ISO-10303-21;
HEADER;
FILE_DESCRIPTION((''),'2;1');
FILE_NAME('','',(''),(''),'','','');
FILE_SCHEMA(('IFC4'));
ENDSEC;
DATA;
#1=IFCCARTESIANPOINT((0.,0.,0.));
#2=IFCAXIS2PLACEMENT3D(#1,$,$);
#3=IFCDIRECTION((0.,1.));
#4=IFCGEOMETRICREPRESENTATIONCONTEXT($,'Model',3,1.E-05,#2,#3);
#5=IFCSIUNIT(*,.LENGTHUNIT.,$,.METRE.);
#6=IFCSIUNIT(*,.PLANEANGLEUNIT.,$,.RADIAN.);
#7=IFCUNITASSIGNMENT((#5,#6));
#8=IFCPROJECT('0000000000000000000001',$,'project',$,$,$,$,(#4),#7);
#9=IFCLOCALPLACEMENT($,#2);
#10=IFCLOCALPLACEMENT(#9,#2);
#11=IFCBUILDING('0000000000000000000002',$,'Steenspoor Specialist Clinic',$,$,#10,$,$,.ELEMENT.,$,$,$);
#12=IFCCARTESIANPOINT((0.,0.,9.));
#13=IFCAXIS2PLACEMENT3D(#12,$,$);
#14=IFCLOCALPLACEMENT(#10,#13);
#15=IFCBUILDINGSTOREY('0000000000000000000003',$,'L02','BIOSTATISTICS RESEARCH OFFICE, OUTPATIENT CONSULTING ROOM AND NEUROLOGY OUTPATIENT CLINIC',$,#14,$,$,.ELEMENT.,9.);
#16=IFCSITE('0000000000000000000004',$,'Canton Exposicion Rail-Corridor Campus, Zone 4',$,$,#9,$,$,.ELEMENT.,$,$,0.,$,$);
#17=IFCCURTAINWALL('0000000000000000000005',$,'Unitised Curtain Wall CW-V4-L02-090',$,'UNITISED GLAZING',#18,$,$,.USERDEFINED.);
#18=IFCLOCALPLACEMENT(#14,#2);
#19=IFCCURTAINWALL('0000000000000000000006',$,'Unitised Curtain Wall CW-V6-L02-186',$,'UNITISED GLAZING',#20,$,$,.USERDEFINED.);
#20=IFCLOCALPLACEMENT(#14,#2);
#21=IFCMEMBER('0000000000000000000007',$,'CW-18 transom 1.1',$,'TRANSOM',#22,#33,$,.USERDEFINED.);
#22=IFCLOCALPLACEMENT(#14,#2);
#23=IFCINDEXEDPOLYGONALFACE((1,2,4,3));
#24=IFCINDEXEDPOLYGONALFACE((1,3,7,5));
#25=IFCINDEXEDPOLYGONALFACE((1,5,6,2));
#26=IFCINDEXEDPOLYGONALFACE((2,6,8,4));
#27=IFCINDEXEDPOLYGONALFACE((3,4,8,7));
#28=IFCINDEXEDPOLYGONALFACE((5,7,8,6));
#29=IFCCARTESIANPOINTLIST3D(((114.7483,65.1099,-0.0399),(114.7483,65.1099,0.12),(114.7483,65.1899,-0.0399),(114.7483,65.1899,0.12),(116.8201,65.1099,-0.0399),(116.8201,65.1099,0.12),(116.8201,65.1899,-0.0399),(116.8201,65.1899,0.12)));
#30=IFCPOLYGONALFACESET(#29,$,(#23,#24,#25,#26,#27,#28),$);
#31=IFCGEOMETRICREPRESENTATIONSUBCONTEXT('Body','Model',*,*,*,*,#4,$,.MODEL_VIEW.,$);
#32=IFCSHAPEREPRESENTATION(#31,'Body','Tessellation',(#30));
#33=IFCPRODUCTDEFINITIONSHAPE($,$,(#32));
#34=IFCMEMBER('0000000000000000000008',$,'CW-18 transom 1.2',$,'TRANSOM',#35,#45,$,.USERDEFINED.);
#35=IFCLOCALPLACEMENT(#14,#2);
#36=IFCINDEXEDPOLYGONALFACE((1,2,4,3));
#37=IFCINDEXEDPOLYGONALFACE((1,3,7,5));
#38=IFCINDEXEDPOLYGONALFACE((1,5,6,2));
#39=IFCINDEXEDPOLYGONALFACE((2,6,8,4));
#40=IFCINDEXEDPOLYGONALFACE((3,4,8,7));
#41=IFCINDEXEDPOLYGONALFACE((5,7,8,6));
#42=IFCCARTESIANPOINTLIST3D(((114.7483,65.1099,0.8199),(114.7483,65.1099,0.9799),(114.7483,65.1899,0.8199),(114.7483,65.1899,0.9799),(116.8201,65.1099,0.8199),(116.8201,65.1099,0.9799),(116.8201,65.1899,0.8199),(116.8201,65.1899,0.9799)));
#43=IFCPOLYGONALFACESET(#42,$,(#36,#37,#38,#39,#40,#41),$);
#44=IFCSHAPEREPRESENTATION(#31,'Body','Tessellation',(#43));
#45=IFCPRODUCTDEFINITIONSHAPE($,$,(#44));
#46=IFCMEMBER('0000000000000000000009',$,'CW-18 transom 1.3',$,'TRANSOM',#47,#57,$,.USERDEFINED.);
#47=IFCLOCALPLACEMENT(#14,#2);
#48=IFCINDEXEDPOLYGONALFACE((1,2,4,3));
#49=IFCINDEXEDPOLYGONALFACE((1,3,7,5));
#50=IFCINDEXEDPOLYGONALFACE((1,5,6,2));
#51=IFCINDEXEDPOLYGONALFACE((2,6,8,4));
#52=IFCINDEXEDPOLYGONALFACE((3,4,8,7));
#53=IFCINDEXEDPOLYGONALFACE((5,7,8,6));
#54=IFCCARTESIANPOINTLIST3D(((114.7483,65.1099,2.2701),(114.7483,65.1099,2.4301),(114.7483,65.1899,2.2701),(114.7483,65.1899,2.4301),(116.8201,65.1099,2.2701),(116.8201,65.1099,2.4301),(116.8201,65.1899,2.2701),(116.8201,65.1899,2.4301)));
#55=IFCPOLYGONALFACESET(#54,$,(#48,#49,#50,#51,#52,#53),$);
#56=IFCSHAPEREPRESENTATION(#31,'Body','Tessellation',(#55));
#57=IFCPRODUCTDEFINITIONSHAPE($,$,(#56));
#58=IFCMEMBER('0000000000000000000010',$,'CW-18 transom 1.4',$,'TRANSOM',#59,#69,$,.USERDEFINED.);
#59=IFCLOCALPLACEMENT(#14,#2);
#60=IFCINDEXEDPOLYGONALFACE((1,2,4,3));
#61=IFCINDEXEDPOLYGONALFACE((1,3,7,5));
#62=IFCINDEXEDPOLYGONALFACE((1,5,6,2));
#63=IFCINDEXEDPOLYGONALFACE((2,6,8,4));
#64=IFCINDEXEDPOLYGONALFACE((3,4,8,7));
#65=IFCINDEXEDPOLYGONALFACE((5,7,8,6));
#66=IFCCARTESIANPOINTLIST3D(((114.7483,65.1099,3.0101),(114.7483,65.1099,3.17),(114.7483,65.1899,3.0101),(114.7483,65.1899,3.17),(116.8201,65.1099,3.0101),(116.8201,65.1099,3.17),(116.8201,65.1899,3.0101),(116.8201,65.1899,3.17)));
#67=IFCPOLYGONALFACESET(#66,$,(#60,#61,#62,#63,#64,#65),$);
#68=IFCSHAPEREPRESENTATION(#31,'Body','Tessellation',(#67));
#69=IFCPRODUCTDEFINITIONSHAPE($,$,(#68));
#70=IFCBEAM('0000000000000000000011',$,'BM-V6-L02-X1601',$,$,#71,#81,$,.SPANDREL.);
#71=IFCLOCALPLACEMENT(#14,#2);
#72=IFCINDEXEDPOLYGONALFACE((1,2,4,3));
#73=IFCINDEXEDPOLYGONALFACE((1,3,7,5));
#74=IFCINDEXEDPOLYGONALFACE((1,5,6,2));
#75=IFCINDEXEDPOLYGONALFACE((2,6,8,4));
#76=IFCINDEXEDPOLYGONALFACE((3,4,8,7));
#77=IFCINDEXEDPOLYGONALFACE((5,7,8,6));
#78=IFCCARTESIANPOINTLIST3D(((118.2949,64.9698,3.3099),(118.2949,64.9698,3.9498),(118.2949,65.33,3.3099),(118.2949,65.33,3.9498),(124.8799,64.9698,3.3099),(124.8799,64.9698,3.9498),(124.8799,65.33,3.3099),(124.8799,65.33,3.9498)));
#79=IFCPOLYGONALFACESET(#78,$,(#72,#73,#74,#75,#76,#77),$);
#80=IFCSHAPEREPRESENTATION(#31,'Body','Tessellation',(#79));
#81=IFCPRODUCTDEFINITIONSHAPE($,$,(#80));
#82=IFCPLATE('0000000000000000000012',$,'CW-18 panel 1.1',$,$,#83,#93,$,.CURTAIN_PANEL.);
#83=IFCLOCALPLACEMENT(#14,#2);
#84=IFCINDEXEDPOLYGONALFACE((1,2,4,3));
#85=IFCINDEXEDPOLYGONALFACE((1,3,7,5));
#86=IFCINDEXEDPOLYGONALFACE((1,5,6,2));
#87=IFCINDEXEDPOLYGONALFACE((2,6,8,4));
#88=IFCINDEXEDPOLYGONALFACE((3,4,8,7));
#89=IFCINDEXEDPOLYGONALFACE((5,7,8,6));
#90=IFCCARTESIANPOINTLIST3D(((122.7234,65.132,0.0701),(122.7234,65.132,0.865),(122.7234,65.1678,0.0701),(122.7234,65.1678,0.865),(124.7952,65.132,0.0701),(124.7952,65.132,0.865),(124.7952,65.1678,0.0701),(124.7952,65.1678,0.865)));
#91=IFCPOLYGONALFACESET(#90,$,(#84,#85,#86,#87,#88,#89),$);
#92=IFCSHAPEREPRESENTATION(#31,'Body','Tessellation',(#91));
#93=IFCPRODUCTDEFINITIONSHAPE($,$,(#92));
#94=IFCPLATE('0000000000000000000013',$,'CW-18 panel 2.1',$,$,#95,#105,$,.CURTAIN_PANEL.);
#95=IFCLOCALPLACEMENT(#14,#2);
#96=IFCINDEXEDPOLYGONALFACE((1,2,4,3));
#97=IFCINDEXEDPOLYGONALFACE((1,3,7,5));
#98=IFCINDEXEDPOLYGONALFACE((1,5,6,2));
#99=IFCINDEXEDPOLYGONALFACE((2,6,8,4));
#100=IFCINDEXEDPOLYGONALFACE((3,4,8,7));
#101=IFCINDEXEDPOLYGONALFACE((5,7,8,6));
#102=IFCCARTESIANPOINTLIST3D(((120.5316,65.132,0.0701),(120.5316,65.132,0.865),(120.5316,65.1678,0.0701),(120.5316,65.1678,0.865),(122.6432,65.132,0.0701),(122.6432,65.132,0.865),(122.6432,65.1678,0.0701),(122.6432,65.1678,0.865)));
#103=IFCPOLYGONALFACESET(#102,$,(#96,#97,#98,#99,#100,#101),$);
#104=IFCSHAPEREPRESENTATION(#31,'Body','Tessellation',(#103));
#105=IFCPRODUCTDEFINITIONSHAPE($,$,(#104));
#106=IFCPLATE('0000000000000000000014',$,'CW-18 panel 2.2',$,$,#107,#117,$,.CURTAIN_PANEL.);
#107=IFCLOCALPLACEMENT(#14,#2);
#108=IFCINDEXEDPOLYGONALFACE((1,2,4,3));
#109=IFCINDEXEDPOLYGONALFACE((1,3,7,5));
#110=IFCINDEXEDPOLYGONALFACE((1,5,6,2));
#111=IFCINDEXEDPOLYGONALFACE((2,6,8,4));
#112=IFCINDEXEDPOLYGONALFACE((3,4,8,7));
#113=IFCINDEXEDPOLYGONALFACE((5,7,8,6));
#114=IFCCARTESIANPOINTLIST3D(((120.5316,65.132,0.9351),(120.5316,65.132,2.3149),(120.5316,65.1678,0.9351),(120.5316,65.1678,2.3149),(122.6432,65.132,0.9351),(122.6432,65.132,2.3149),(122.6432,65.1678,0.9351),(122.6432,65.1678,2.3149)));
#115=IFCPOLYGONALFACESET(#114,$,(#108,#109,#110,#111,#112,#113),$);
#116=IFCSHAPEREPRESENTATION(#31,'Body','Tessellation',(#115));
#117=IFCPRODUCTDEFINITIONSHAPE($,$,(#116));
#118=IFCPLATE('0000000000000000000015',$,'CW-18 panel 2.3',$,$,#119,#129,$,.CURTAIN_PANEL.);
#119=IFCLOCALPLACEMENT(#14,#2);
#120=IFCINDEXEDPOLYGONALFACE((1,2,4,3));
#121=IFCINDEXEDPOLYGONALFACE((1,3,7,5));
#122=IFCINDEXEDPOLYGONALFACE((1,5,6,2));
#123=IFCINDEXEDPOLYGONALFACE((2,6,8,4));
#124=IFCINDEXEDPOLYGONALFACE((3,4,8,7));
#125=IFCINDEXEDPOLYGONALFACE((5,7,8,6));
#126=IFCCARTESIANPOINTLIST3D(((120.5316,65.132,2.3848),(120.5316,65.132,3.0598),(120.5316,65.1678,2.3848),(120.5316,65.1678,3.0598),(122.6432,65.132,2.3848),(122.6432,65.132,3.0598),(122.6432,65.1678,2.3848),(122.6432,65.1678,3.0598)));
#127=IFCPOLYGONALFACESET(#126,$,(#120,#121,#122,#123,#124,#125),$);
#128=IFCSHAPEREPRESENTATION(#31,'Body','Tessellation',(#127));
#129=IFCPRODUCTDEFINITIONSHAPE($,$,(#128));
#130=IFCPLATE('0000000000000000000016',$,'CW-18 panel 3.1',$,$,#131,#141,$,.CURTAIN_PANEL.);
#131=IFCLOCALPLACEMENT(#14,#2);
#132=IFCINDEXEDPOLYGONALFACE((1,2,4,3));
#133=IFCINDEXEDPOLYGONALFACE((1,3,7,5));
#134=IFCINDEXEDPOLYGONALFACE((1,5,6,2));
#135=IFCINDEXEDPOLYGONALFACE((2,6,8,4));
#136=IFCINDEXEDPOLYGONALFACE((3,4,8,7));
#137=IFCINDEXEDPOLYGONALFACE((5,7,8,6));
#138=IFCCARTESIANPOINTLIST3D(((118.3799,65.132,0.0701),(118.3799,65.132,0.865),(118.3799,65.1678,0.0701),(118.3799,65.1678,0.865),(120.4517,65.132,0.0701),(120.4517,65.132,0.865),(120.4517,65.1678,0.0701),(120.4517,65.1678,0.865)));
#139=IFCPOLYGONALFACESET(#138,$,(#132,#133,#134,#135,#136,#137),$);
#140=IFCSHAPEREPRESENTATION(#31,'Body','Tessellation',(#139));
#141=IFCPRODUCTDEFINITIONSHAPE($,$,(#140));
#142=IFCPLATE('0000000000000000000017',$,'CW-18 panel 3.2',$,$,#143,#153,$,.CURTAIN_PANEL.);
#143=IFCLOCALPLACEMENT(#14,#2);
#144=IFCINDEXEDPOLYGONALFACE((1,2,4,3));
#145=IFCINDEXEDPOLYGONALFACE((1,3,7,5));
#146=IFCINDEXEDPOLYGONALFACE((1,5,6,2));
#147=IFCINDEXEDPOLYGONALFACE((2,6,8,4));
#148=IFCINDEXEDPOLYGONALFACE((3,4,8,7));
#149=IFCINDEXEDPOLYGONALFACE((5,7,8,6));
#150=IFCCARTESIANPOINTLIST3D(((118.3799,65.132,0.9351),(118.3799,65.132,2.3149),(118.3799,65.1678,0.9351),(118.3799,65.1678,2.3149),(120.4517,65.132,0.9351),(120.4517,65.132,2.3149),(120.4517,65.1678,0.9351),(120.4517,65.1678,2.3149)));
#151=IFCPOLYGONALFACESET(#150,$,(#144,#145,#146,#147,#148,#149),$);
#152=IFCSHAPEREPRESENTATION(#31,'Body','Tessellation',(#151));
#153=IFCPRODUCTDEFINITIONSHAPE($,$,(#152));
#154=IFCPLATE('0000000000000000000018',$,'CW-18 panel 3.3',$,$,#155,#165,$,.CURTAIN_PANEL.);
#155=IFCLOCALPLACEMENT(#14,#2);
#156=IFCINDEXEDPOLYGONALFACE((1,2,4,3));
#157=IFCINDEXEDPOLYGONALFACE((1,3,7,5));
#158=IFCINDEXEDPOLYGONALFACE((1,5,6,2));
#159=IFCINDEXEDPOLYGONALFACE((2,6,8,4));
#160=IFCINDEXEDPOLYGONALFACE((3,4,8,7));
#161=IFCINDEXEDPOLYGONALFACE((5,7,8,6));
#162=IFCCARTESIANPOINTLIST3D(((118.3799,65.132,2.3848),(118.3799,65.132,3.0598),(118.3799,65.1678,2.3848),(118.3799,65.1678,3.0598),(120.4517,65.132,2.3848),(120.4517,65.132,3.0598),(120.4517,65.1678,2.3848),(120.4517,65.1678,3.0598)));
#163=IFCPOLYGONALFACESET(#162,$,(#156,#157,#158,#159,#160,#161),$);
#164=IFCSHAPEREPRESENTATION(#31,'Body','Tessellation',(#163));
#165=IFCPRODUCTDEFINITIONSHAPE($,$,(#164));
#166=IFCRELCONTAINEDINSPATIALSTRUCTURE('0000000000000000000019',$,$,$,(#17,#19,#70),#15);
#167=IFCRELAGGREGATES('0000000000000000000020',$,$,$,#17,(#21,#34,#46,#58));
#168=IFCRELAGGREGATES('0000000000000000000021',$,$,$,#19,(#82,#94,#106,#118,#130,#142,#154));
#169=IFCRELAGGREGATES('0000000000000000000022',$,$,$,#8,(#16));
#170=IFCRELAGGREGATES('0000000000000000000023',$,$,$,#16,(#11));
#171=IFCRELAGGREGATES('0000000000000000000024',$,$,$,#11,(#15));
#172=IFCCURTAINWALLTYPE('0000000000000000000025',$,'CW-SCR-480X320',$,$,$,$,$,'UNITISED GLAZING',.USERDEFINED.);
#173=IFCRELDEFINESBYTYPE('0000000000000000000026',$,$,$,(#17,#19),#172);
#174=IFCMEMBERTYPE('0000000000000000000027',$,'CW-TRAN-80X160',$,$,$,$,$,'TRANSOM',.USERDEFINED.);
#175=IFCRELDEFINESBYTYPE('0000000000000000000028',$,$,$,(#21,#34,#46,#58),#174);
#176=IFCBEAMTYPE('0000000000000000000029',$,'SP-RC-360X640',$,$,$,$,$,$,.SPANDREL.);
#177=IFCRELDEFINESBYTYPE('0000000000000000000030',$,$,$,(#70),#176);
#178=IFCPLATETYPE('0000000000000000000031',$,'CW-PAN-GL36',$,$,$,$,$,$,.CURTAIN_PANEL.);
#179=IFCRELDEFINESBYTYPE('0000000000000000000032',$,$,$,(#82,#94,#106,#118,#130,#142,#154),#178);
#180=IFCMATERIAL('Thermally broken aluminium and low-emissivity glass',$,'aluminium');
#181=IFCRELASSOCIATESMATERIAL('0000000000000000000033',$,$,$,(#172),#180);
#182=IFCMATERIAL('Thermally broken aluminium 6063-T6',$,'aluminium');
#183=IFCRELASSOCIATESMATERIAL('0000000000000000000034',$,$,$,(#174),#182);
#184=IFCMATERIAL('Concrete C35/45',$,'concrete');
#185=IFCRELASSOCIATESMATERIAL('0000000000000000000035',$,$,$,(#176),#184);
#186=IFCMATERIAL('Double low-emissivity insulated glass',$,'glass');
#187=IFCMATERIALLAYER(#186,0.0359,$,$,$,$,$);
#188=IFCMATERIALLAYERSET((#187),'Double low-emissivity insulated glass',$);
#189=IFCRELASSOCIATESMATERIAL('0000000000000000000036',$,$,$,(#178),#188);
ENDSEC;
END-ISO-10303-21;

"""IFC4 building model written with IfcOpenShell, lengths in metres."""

from ifc_helpers import new_model, si_unit, direction, frame, origin, origin_2d, place, context, subcontext, project, spatial, rectangle, extrude, material, layer, layer_set, material_profile, profile_set, type_object, element, aggregate, save


model = new_model("IFC4")

# Units and contexts
model_context = context("Model", 3, precision=1e-05, world=origin(), true_north=direction((0.0, 1.0)))
body_context = subcontext(model_context, "Body", "Model", "MODEL_VIEW")
ifc_project = project(units=[si_unit("LENGTHUNIT", "METRE"), si_unit("PLANEANGLEUNIT", "RADIAN")], contexts=[model_context])

# Site, building, storey
site_placement = place(None, origin())
site = spatial("IfcSite", under=ifc_project, at=site_placement, Name="Canton Exposicion Rail-Corridor Campus, Zone 4", CompositionType="ELEMENT", RefElevation=0.0)
building_placement = place(site_placement, origin())
building = spatial("IfcBuilding", under=site, at=building_placement, Name="Steenspoor Specialist Clinic", CompositionType="ELEMENT")
storey_placement = place(building_placement, frame((0.0, 0.0, 9.0)))
storey = spatial("IfcBuildingStorey", under=building, at=storey_placement, Name="L02", Description="BIOSTATISTICS RESEARCH OFFICE, OUTPATIENT CONSULTING ROOM AND NEUROLOGY OUTPATIENT CLINIC", CompositionType="ELEMENT", Elevation=9.0)

# Curtain wall
ifc_material_1 = material(Name="Thermally broken aluminium and low-emissivity glass", Category="aluminium")
curtain_wall_type = type_object("IfcCurtainWallType", Name="CW-SCR-480X320", ElementType="UNITISED GLAZING", PredefinedType="USERDEFINED", material=ifc_material_1)
curtain_wall_1_placement = place(storey_placement, origin())
curtain_wall_1 = element("IfcCurtainWall", 1, at=curtain_wall_1_placement, inside=storey, type_object=curtain_wall_type, Name="Unitised Curtain Wall CW-V4-L02-090", ObjectType="UNITISED GLAZING", PredefinedType="USERDEFINED")
ifc_material_2 = material(Name="Thermally broken aluminium 6063-T6", Category="aluminium")

# Curtain wall
curtain_wall_2_placement = place(storey_placement, origin())
curtain_wall_2 = element("IfcCurtainWall", 2, at=curtain_wall_2_placement, inside=storey, type_object=curtain_wall_type, Name="Unitised Curtain Wall CW-V6-L02-186", ObjectType="UNITISED GLAZING", PredefinedType="USERDEFINED")

# Members
ifc_material_profile_1 = material_profile(ifc_material_2, rectangle(XDim=0.0801, YDim=0.1599, at=origin_2d()), Name="CWT-80X160")
ifc_profile_set_1 = profile_set([ifc_material_profile_1], Name="Thermally broken aluminium 6063-T6")
member_type_1 = type_object("IfcMemberType", Name="CW-TRAN-80X160", ElementType="TRANSOM", PredefinedType="USERDEFINED", material=ifc_profile_set_1)
member_1_placement = place(storey_placement, frame((116.8201, 65.1499, 0.04), z_axis=(-1.0, 0.0, 0.0), x_axis=(0.0, -1.0, 0.0)))
member_1 = element("IfcMember", 3, at=member_1_placement, type_object=member_type_1, Name="CW-18 transom 1.1", ObjectType="TRANSOM", PredefinedType="USERDEFINED", context=body_context, shape_type="SweptSolid", body=[
    extrude(rectangle(XDim=0.0801, YDim=0.1599, at=origin_2d()), origin(), (0.0, 0.0, 1.0), 2.0718),
])
member_2_placement = place(storey_placement, frame((116.8201, 65.1499, 0.8999), z_axis=(-1.0, 0.0, 0.0), x_axis=(0.0, -1.0, 0.0)))
member_2 = element("IfcMember", 4, at=member_2_placement, type_object=member_type_1, Name="CW-18 transom 1.2", ObjectType="TRANSOM", PredefinedType="USERDEFINED", context=body_context, shape_type="SweptSolid", body=[
    extrude(rectangle(XDim=0.0801, YDim=0.1599, at=origin_2d()), origin(), (0.0, 0.0, 1.0), 2.0718),
])
member_3_placement = place(storey_placement, frame((116.8201, 65.1499, 2.3501), z_axis=(-1.0, 0.0, 0.0), x_axis=(0.0, -1.0, 0.0)))
member_3 = element("IfcMember", 5, at=member_3_placement, type_object=member_type_1, Name="CW-18 transom 1.3", ObjectType="TRANSOM", PredefinedType="USERDEFINED", context=body_context, shape_type="SweptSolid", body=[
    extrude(rectangle(XDim=0.0801, YDim=0.1599, at=origin_2d()), origin(), (0.0, 0.0, 1.0), 2.0718),
])
member_4_placement = place(storey_placement, frame((116.8201, 65.1499, 3.0901), z_axis=(-1.0, 0.0, 0.0), x_axis=(0.0, -1.0, 0.0)))
member_4 = element("IfcMember", 6, at=member_4_placement, type_object=member_type_1, Name="CW-18 transom 1.4", ObjectType="TRANSOM", PredefinedType="USERDEFINED", context=body_context, shape_type="SweptSolid", body=[
    extrude(rectangle(XDim=0.0801, YDim=0.1599, at=origin_2d()), origin(), (0.0, 0.0, 1.0), 2.0718),
])
aggregate(curtain_wall_1, [member_1, member_2, member_3, member_4])

# Beam
ifc_material_3 = material(Name="Concrete C35/45", Category="concrete")
ifc_material_profile_2 = material_profile(ifc_material_3, rectangle(XDim=0.3601, YDim=0.6399, at=origin_2d()), Name="RC-SP-360X640")
ifc_profile_set_2 = profile_set([ifc_material_profile_2], Name="Concrete C35/45")
beam_type = type_object("IfcBeamType", Name="SP-RC-360X640", PredefinedType="SPANDREL", material=ifc_profile_set_2)
beam_placement = place(storey_placement, frame((118.2949, 65.1499, 3.6299), z_axis=(1.0, 0.0, 0.0), x_axis=(0.0, 1.0, 0.0)))
element("IfcBeam", 7, at=beam_placement, inside=storey, type_object=beam_type, Name="BM-V6-L02-X1601", PredefinedType="SPANDREL", context=body_context, shape_type="SweptSolid", body=[
    extrude(rectangle(XDim=0.3601, YDim=0.6399, at=origin_2d()), origin(), (0.0, 0.0, 1.0), 6.585),
])

# Plates
ifc_material_4 = material(Name="Double low-emissivity insulated glass", Category="glass")
ifc_layer = layer(ifc_material_4, 0.0359)
ifc_layer_set = layer_set([ifc_layer], Name="Double low-emissivity insulated glass")
plate_type = type_object("IfcPlateType", Name="CW-PAN-GL36", PredefinedType="CURTAIN_PANEL", material=ifc_layer_set)
plate_1_placement = place(storey_placement, frame((123.7593, 65.1499, 0.0701), z_axis=(0.0, 0.0, 1.0), x_axis=(-1.0, 0.0, 0.0)))
plate_1 = element("IfcPlate", 8, at=plate_1_placement, type_object=plate_type, Name="CW-18 panel 1.1", PredefinedType="CURTAIN_PANEL", context=body_context, shape_type="SweptSolid", body=[
    extrude(rectangle(XDim=2.0718, YDim=0.0359, at=origin_2d()), origin(), (0.0, 0.0, 1.0), 0.7949),
])
plate_2_placement = place(storey_placement, frame((121.5874, 65.1499, 0.0701), z_axis=(0.0, 0.0, 1.0), x_axis=(-1.0, 0.0, 0.0)))
plate_2 = element("IfcPlate", 9, at=plate_2_placement, type_object=plate_type, Name="CW-18 panel 2.1", PredefinedType="CURTAIN_PANEL", context=body_context, shape_type="SweptSolid", body=[
    extrude(rectangle(XDim=2.1116, YDim=0.0359, at=origin_2d()), origin(), (0.0, 0.0, 1.0), 0.7949),
])
plate_3_placement = place(storey_placement, frame((121.5874, 65.1499, 0.9351), z_axis=(0.0, 0.0, 1.0), x_axis=(-1.0, 0.0, 0.0)))
plate_3 = element("IfcPlate", 10, at=plate_3_placement, type_object=plate_type, Name="CW-18 panel 2.2", PredefinedType="CURTAIN_PANEL", context=body_context, shape_type="SweptSolid", body=[
    extrude(rectangle(XDim=2.1116, YDim=0.0359, at=origin_2d()), origin(), (0.0, 0.0, 1.0), 1.3799),
])
plate_4_placement = place(storey_placement, frame((121.5874, 65.1499, 2.3848), z_axis=(0.0, 0.0, 1.0), x_axis=(-1.0, 0.0, 0.0)))
plate_4 = element("IfcPlate", 11, at=plate_4_placement, type_object=plate_type, Name="CW-18 panel 2.3", PredefinedType="CURTAIN_PANEL", context=body_context, shape_type="SweptSolid", body=[
    extrude(rectangle(XDim=2.1116, YDim=0.0359, at=origin_2d()), origin(), (0.0, 0.0, 1.0), 0.675),
])
plate_5_placement = place(storey_placement, frame((119.4158, 65.1499, 0.0701), z_axis=(0.0, 0.0, 1.0), x_axis=(-1.0, 0.0, 0.0)))
plate_5 = element("IfcPlate", 12, at=plate_5_placement, type_object=plate_type, Name="CW-18 panel 3.1", PredefinedType="CURTAIN_PANEL", context=body_context, shape_type="SweptSolid", body=[
    extrude(rectangle(XDim=2.0718, YDim=0.0359, at=origin_2d()), origin(), (0.0, 0.0, 1.0), 0.7949),
])
plate_6_placement = place(storey_placement, frame((119.4158, 65.1499, 0.9351), z_axis=(0.0, 0.0, 1.0), x_axis=(-1.0, 0.0, 0.0)))
plate_6 = element("IfcPlate", 13, at=plate_6_placement, type_object=plate_type, Name="CW-18 panel 3.2", PredefinedType="CURTAIN_PANEL", context=body_context, shape_type="SweptSolid", body=[
    extrude(rectangle(XDim=2.0718, YDim=0.0359, at=origin_2d()), origin(), (0.0, 0.0, 1.0), 1.3799),
])
plate_7_placement = place(storey_placement, frame((119.4158, 65.1499, 2.3848), z_axis=(0.0, 0.0, 1.0), x_axis=(-1.0, 0.0, 0.0)))
plate_7 = element("IfcPlate", 14, at=plate_7_placement, type_object=plate_type, Name="CW-18 panel 3.3", PredefinedType="CURTAIN_PANEL", context=body_context, shape_type="SweptSolid", body=[
    extrude(rectangle(XDim=2.0718, YDim=0.0359, at=origin_2d()), origin(), (0.0, 0.0, 1.0), 0.675),
])
aggregate(curtain_wall_2, [plate_1, plate_2, plate_3, plate_4, plate_5, plate_6, plate_7])

save(model, "model.ifc")
